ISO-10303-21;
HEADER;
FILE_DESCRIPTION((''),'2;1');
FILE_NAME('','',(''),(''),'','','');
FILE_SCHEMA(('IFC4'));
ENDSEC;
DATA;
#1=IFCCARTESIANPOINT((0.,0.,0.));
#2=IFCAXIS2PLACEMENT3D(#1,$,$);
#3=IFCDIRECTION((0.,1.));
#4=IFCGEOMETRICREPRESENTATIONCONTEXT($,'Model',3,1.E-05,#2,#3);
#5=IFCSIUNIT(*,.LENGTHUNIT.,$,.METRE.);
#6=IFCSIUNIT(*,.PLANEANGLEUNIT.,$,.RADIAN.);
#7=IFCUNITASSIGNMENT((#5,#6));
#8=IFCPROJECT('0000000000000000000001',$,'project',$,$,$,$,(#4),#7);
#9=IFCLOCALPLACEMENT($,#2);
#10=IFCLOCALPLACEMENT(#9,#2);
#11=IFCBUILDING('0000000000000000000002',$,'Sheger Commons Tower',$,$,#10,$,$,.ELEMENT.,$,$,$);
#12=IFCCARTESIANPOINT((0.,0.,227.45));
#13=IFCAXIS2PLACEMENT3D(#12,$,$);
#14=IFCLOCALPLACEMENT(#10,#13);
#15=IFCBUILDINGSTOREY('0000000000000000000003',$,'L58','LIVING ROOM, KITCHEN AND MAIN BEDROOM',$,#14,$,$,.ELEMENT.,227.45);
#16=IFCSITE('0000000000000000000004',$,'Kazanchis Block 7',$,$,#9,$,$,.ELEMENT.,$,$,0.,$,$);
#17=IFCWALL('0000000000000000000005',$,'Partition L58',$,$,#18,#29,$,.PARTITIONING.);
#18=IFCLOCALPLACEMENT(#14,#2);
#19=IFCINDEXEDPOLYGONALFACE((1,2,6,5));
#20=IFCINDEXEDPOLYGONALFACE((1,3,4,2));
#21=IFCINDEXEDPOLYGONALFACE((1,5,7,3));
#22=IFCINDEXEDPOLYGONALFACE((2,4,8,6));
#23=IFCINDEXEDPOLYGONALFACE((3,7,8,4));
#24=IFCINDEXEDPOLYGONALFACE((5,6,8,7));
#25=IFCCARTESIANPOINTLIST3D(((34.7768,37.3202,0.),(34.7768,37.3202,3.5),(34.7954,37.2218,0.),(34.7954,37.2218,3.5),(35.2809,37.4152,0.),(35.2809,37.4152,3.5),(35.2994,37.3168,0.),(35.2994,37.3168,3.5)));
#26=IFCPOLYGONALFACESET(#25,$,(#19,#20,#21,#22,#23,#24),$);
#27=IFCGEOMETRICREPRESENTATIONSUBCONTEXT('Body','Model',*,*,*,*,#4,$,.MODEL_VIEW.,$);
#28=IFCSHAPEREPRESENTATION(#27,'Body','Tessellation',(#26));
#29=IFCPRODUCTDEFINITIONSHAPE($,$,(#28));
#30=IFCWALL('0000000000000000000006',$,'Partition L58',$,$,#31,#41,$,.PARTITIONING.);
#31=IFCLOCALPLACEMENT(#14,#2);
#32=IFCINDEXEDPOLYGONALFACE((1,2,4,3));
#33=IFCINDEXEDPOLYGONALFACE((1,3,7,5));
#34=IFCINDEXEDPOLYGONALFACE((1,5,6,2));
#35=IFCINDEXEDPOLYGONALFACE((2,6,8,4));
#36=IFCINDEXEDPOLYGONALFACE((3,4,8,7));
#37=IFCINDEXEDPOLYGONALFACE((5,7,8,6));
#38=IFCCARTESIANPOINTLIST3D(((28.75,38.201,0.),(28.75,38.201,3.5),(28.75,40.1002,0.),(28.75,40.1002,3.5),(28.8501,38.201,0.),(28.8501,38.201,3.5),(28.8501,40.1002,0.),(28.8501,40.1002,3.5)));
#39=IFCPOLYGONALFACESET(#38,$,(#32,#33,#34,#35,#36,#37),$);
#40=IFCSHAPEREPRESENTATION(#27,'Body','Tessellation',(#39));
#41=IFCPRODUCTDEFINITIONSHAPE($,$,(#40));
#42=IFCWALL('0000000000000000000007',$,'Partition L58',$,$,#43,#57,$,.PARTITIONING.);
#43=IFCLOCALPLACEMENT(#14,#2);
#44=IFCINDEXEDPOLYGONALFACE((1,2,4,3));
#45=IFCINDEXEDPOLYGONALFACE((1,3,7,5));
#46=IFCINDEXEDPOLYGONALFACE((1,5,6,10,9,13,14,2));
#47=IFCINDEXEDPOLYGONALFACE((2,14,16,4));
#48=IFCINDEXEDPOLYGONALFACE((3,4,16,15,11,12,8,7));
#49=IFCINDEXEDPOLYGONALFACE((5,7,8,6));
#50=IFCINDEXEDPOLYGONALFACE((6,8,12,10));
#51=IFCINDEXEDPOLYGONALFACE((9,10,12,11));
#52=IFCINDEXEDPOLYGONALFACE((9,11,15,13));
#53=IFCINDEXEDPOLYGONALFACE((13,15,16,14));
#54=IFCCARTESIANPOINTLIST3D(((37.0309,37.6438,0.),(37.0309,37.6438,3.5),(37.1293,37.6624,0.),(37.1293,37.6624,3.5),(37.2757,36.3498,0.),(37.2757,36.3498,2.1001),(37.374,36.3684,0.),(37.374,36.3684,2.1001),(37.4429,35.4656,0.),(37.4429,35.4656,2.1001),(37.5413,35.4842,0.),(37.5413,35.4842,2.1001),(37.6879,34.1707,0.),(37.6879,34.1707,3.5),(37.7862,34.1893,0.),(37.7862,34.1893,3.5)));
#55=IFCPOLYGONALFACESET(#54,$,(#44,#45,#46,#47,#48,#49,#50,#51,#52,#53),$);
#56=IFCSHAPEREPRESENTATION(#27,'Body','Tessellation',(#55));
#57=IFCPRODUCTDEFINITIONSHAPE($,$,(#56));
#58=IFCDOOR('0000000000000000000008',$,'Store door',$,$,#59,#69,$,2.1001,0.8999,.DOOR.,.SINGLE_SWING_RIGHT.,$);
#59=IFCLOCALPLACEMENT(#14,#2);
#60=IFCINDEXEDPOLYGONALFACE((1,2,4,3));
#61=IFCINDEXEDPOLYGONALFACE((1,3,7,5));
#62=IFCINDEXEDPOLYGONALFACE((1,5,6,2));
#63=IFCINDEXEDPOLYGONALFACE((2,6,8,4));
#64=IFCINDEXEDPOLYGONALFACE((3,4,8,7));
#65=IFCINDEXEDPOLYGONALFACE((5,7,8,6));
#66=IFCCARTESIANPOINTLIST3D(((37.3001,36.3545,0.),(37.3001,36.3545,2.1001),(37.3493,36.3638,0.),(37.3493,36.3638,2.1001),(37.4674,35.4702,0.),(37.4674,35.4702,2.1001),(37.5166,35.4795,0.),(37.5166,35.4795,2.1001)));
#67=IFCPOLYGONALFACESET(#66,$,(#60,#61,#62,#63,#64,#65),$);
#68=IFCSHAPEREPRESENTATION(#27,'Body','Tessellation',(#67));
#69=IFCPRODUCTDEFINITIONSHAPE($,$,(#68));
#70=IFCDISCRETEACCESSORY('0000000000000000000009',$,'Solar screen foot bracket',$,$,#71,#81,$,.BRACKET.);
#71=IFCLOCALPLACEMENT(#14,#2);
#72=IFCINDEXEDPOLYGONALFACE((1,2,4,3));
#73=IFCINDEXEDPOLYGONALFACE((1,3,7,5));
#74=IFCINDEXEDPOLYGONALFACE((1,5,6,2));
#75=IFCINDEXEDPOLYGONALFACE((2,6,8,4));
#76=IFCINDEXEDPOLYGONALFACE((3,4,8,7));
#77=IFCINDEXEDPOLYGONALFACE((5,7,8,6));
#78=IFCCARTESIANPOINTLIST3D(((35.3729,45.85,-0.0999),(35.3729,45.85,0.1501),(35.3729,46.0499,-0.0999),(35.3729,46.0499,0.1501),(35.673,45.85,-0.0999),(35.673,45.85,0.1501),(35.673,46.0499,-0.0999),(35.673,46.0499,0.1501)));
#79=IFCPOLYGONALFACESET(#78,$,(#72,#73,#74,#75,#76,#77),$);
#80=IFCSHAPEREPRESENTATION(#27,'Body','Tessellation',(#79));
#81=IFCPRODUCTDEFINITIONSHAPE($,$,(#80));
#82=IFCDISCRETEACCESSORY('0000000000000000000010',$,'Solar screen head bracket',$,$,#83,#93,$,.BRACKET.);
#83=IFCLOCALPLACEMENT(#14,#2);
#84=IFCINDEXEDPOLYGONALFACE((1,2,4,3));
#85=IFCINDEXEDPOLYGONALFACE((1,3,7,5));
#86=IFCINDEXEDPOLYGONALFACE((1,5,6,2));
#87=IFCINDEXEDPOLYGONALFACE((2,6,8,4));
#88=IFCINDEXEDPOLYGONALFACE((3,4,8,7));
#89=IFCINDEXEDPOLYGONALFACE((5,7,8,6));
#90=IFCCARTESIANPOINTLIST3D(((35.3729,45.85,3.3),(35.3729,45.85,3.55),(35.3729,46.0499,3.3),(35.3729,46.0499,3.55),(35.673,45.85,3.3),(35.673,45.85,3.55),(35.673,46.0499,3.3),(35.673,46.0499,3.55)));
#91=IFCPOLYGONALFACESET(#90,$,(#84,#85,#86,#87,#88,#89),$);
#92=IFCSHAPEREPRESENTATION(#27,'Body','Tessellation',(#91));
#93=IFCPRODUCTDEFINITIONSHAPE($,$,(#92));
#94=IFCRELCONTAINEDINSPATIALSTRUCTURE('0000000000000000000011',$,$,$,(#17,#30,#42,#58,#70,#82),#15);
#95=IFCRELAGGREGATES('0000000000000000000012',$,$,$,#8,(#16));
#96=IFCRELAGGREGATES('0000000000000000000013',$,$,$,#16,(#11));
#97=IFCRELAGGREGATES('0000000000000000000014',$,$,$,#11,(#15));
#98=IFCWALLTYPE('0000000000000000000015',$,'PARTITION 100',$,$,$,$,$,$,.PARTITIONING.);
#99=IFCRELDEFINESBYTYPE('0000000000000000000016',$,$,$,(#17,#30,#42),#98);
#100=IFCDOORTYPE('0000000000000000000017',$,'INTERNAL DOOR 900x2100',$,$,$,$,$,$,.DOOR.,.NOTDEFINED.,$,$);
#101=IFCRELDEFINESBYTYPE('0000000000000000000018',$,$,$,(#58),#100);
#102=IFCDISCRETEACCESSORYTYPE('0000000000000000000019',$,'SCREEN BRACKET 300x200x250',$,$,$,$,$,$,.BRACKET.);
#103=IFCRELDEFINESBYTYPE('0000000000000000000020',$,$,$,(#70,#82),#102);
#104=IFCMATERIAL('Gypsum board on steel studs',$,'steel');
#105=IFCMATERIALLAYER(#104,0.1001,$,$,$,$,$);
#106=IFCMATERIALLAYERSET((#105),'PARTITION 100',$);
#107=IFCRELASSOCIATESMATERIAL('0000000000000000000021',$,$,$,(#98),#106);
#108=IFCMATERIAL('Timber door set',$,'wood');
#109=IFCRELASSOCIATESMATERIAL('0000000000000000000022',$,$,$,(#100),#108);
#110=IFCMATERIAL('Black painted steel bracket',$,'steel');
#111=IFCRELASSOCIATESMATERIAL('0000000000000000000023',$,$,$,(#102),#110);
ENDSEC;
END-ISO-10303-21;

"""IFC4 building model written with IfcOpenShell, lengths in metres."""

from ifc_helpers import new_model, si_unit, direction, frame, frame_2d, origin, origin_2d, place, context, subcontext, project, spatial, rectangle, extrude, material, layer, layer_set, type_object, element, fill, save


model = new_model("IFC4")

# Units and contexts
model_context = context("Model", 3, precision=1e-05, world=origin(), true_north=direction((0.0, 1.0)))
body_context = subcontext(model_context, "Body", "Model", "MODEL_VIEW")
ifc_project = project(units=[si_unit("LENGTHUNIT", "METRE"), si_unit("PLANEANGLEUNIT", "RADIAN")], contexts=[model_context])

# Site, building, storey
site_placement = place(None, origin())
site = spatial("IfcSite", under=ifc_project, at=site_placement, Name="Kazanchis Block 7", CompositionType="ELEMENT", RefElevation=0.0)
building_placement = place(site_placement, origin())
building = spatial("IfcBuilding", under=site, at=building_placement, Name="Sheger Commons Tower", CompositionType="ELEMENT")
storey_placement = place(building_placement, frame((0.0, 0.0, 227.45)))
storey = spatial("IfcBuildingStorey", under=building, at=storey_placement, Name="L58", Description="LIVING ROOM, KITCHEN AND MAIN BEDROOM", CompositionType="ELEMENT", Elevation=227.45)

# Shared definitions
ifc_material_1 = material(Name="Gypsum board on steel studs", Category="steel")
ifc_layer_1 = layer(ifc_material_1, 0.1001)
ifc_layer_set_1 = layer_set([ifc_layer_1], Name="PARTITION 100")
wall_type_1 = type_object("IfcWallType", Name="PARTITION 100", PredefinedType="PARTITIONING", material=ifc_layer_set_1)

# Shared definitions
ifc_material_2 = material(Name="Timber door set", Category="wood")
door_type_1 = type_object("IfcDoorType", Name="INTERNAL DOOR 900x2100", OperationType="NOTDEFINED", PredefinedType="DOOR", material=ifc_material_2)

# Walls
wall_1_placement = place(storey_placement, frame((35.29, 37.366, 0.0), z_axis=(0.0, 0.0, 1.0), x_axis=(-0.982716, -0.185122, 0.0)))
element("IfcWall", 1, at=wall_1_placement, inside=storey, type_object=wall_type_1, Name="Partition L58", PredefinedType="PARTITIONING", context=body_context, shape_type="SweptSolid", body=[
    extrude(rectangle(XDim=0.5129, YDim=0.1001, at=frame_2d((0.2563, 0.0))), origin(), (0.0, 0.0, 1.0), 3.5),
])
wall_2_placement = place(storey_placement, frame((28.8, 38.2009, 0.0), z_axis=(0.0, 0.0, 1.0), x_axis=(0.0, 1.0, 0.0)))
element("IfcWall", 2, at=wall_2_placement, inside=storey, type_object=wall_type_1, Name="Partition L58", PredefinedType="PARTITIONING", context=body_context, shape_type="SweptSolid", body=[
    extrude(rectangle(XDim=1.8992, YDim=0.1001, at=frame_2d((0.9497, 0.0))), origin(), (0.0, 0.0, 1.0), 3.5),
])

# Wall, opening, door
wall_3_placement = place(storey_placement, frame((37.0801, 37.6531, 0.0), z_axis=(0.0, 0.0, 1.0), x_axis=(0.185865, -0.982575, 0.0)))
wall_3 = element("IfcWall", 3, at=wall_3_placement, inside=storey, type_object=wall_type_1, Name="Partition L58", PredefinedType="PARTITIONING", context=body_context, shape_type="SweptSolid", body=[
    extrude(rectangle(XDim=3.5347, YDim=0.1001, at=frame_2d((1.7673, 0.0))), origin(), (0.0, 0.0, 1.0), 3.5),
])
opening_1_placement = place(wall_3_placement, frame((1.3169, 0.0, 0.0)))
opening_1 = element("IfcOpeningElement", 4, at=opening_1_placement, cuts=wall_3, PredefinedType="OPENING", context=body_context, shape_type="SweptSolid", body=[
    extrude(rectangle(XDim=0.8999, YDim=2.1001, at=frame_2d((0.45, 1.05))), frame((0.0, 0.0601, 0.0), z_axis=(0.0, -1.0, 0.0), x_axis=(1.0, 0.0, 0.0)), (0.0, 0.0, 1.0), 0.1201),
])
door_1_placement = place(opening_1_placement, origin())
door_1 = element("IfcDoor", 5, at=door_1_placement, inside=storey, type_object=door_type_1, Name="Store door", OperationType="SINGLE_SWING_RIGHT", OverallHeight=2.1001, OverallWidth=0.8999, PredefinedType="DOOR", context=body_context, shape_type="SweptSolid", body=[
    extrude(rectangle(XDim=0.8999, YDim=2.1001, at=frame_2d((0.45, 1.05))), frame((0.0, 0.0249, 0.0), z_axis=(0.0, -1.0, 0.0), x_axis=(1.0, 0.0, 0.0)), (0.0, 0.0, 1.0), 0.05),
])
fill(opening_1, door_1)

# Discrete accessories
ifc_material_3 = material(Name="Black painted steel bracket", Category="steel")
discrete_accessory_type = type_object("IfcDiscreteAccessoryType", Name="SCREEN BRACKET 300x200x250", PredefinedType="BRACKET", material=ifc_material_3)
for number, where, z_axis, x_axis, name in (
    (6, (35.5229, 45.95, -0.0999), (0.0, 0.0, 1.0), (-1.0, 0.0, 0.0), "Solar screen foot bracket"),
    (7, (35.5229, 45.95, 3.3), (0.0, 0.0, 1.0), (-1.0, 0.0, 0.0), "Solar screen head bracket"),
):
    element("IfcDiscreteAccessory", number, at=place(storey_placement, frame(where, z_axis=z_axis, x_axis=x_axis)), inside=storey, type_object=discrete_accessory_type, Name=name, PredefinedType="BRACKET", context=body_context, shape_type="SweptSolid", body=[
        extrude(rectangle(XDim=0.3, YDim=0.2, at=origin_2d()), origin(), (0.0, 0.0, 1.0), 0.25),
    ])

save(model, "model.ifc")
